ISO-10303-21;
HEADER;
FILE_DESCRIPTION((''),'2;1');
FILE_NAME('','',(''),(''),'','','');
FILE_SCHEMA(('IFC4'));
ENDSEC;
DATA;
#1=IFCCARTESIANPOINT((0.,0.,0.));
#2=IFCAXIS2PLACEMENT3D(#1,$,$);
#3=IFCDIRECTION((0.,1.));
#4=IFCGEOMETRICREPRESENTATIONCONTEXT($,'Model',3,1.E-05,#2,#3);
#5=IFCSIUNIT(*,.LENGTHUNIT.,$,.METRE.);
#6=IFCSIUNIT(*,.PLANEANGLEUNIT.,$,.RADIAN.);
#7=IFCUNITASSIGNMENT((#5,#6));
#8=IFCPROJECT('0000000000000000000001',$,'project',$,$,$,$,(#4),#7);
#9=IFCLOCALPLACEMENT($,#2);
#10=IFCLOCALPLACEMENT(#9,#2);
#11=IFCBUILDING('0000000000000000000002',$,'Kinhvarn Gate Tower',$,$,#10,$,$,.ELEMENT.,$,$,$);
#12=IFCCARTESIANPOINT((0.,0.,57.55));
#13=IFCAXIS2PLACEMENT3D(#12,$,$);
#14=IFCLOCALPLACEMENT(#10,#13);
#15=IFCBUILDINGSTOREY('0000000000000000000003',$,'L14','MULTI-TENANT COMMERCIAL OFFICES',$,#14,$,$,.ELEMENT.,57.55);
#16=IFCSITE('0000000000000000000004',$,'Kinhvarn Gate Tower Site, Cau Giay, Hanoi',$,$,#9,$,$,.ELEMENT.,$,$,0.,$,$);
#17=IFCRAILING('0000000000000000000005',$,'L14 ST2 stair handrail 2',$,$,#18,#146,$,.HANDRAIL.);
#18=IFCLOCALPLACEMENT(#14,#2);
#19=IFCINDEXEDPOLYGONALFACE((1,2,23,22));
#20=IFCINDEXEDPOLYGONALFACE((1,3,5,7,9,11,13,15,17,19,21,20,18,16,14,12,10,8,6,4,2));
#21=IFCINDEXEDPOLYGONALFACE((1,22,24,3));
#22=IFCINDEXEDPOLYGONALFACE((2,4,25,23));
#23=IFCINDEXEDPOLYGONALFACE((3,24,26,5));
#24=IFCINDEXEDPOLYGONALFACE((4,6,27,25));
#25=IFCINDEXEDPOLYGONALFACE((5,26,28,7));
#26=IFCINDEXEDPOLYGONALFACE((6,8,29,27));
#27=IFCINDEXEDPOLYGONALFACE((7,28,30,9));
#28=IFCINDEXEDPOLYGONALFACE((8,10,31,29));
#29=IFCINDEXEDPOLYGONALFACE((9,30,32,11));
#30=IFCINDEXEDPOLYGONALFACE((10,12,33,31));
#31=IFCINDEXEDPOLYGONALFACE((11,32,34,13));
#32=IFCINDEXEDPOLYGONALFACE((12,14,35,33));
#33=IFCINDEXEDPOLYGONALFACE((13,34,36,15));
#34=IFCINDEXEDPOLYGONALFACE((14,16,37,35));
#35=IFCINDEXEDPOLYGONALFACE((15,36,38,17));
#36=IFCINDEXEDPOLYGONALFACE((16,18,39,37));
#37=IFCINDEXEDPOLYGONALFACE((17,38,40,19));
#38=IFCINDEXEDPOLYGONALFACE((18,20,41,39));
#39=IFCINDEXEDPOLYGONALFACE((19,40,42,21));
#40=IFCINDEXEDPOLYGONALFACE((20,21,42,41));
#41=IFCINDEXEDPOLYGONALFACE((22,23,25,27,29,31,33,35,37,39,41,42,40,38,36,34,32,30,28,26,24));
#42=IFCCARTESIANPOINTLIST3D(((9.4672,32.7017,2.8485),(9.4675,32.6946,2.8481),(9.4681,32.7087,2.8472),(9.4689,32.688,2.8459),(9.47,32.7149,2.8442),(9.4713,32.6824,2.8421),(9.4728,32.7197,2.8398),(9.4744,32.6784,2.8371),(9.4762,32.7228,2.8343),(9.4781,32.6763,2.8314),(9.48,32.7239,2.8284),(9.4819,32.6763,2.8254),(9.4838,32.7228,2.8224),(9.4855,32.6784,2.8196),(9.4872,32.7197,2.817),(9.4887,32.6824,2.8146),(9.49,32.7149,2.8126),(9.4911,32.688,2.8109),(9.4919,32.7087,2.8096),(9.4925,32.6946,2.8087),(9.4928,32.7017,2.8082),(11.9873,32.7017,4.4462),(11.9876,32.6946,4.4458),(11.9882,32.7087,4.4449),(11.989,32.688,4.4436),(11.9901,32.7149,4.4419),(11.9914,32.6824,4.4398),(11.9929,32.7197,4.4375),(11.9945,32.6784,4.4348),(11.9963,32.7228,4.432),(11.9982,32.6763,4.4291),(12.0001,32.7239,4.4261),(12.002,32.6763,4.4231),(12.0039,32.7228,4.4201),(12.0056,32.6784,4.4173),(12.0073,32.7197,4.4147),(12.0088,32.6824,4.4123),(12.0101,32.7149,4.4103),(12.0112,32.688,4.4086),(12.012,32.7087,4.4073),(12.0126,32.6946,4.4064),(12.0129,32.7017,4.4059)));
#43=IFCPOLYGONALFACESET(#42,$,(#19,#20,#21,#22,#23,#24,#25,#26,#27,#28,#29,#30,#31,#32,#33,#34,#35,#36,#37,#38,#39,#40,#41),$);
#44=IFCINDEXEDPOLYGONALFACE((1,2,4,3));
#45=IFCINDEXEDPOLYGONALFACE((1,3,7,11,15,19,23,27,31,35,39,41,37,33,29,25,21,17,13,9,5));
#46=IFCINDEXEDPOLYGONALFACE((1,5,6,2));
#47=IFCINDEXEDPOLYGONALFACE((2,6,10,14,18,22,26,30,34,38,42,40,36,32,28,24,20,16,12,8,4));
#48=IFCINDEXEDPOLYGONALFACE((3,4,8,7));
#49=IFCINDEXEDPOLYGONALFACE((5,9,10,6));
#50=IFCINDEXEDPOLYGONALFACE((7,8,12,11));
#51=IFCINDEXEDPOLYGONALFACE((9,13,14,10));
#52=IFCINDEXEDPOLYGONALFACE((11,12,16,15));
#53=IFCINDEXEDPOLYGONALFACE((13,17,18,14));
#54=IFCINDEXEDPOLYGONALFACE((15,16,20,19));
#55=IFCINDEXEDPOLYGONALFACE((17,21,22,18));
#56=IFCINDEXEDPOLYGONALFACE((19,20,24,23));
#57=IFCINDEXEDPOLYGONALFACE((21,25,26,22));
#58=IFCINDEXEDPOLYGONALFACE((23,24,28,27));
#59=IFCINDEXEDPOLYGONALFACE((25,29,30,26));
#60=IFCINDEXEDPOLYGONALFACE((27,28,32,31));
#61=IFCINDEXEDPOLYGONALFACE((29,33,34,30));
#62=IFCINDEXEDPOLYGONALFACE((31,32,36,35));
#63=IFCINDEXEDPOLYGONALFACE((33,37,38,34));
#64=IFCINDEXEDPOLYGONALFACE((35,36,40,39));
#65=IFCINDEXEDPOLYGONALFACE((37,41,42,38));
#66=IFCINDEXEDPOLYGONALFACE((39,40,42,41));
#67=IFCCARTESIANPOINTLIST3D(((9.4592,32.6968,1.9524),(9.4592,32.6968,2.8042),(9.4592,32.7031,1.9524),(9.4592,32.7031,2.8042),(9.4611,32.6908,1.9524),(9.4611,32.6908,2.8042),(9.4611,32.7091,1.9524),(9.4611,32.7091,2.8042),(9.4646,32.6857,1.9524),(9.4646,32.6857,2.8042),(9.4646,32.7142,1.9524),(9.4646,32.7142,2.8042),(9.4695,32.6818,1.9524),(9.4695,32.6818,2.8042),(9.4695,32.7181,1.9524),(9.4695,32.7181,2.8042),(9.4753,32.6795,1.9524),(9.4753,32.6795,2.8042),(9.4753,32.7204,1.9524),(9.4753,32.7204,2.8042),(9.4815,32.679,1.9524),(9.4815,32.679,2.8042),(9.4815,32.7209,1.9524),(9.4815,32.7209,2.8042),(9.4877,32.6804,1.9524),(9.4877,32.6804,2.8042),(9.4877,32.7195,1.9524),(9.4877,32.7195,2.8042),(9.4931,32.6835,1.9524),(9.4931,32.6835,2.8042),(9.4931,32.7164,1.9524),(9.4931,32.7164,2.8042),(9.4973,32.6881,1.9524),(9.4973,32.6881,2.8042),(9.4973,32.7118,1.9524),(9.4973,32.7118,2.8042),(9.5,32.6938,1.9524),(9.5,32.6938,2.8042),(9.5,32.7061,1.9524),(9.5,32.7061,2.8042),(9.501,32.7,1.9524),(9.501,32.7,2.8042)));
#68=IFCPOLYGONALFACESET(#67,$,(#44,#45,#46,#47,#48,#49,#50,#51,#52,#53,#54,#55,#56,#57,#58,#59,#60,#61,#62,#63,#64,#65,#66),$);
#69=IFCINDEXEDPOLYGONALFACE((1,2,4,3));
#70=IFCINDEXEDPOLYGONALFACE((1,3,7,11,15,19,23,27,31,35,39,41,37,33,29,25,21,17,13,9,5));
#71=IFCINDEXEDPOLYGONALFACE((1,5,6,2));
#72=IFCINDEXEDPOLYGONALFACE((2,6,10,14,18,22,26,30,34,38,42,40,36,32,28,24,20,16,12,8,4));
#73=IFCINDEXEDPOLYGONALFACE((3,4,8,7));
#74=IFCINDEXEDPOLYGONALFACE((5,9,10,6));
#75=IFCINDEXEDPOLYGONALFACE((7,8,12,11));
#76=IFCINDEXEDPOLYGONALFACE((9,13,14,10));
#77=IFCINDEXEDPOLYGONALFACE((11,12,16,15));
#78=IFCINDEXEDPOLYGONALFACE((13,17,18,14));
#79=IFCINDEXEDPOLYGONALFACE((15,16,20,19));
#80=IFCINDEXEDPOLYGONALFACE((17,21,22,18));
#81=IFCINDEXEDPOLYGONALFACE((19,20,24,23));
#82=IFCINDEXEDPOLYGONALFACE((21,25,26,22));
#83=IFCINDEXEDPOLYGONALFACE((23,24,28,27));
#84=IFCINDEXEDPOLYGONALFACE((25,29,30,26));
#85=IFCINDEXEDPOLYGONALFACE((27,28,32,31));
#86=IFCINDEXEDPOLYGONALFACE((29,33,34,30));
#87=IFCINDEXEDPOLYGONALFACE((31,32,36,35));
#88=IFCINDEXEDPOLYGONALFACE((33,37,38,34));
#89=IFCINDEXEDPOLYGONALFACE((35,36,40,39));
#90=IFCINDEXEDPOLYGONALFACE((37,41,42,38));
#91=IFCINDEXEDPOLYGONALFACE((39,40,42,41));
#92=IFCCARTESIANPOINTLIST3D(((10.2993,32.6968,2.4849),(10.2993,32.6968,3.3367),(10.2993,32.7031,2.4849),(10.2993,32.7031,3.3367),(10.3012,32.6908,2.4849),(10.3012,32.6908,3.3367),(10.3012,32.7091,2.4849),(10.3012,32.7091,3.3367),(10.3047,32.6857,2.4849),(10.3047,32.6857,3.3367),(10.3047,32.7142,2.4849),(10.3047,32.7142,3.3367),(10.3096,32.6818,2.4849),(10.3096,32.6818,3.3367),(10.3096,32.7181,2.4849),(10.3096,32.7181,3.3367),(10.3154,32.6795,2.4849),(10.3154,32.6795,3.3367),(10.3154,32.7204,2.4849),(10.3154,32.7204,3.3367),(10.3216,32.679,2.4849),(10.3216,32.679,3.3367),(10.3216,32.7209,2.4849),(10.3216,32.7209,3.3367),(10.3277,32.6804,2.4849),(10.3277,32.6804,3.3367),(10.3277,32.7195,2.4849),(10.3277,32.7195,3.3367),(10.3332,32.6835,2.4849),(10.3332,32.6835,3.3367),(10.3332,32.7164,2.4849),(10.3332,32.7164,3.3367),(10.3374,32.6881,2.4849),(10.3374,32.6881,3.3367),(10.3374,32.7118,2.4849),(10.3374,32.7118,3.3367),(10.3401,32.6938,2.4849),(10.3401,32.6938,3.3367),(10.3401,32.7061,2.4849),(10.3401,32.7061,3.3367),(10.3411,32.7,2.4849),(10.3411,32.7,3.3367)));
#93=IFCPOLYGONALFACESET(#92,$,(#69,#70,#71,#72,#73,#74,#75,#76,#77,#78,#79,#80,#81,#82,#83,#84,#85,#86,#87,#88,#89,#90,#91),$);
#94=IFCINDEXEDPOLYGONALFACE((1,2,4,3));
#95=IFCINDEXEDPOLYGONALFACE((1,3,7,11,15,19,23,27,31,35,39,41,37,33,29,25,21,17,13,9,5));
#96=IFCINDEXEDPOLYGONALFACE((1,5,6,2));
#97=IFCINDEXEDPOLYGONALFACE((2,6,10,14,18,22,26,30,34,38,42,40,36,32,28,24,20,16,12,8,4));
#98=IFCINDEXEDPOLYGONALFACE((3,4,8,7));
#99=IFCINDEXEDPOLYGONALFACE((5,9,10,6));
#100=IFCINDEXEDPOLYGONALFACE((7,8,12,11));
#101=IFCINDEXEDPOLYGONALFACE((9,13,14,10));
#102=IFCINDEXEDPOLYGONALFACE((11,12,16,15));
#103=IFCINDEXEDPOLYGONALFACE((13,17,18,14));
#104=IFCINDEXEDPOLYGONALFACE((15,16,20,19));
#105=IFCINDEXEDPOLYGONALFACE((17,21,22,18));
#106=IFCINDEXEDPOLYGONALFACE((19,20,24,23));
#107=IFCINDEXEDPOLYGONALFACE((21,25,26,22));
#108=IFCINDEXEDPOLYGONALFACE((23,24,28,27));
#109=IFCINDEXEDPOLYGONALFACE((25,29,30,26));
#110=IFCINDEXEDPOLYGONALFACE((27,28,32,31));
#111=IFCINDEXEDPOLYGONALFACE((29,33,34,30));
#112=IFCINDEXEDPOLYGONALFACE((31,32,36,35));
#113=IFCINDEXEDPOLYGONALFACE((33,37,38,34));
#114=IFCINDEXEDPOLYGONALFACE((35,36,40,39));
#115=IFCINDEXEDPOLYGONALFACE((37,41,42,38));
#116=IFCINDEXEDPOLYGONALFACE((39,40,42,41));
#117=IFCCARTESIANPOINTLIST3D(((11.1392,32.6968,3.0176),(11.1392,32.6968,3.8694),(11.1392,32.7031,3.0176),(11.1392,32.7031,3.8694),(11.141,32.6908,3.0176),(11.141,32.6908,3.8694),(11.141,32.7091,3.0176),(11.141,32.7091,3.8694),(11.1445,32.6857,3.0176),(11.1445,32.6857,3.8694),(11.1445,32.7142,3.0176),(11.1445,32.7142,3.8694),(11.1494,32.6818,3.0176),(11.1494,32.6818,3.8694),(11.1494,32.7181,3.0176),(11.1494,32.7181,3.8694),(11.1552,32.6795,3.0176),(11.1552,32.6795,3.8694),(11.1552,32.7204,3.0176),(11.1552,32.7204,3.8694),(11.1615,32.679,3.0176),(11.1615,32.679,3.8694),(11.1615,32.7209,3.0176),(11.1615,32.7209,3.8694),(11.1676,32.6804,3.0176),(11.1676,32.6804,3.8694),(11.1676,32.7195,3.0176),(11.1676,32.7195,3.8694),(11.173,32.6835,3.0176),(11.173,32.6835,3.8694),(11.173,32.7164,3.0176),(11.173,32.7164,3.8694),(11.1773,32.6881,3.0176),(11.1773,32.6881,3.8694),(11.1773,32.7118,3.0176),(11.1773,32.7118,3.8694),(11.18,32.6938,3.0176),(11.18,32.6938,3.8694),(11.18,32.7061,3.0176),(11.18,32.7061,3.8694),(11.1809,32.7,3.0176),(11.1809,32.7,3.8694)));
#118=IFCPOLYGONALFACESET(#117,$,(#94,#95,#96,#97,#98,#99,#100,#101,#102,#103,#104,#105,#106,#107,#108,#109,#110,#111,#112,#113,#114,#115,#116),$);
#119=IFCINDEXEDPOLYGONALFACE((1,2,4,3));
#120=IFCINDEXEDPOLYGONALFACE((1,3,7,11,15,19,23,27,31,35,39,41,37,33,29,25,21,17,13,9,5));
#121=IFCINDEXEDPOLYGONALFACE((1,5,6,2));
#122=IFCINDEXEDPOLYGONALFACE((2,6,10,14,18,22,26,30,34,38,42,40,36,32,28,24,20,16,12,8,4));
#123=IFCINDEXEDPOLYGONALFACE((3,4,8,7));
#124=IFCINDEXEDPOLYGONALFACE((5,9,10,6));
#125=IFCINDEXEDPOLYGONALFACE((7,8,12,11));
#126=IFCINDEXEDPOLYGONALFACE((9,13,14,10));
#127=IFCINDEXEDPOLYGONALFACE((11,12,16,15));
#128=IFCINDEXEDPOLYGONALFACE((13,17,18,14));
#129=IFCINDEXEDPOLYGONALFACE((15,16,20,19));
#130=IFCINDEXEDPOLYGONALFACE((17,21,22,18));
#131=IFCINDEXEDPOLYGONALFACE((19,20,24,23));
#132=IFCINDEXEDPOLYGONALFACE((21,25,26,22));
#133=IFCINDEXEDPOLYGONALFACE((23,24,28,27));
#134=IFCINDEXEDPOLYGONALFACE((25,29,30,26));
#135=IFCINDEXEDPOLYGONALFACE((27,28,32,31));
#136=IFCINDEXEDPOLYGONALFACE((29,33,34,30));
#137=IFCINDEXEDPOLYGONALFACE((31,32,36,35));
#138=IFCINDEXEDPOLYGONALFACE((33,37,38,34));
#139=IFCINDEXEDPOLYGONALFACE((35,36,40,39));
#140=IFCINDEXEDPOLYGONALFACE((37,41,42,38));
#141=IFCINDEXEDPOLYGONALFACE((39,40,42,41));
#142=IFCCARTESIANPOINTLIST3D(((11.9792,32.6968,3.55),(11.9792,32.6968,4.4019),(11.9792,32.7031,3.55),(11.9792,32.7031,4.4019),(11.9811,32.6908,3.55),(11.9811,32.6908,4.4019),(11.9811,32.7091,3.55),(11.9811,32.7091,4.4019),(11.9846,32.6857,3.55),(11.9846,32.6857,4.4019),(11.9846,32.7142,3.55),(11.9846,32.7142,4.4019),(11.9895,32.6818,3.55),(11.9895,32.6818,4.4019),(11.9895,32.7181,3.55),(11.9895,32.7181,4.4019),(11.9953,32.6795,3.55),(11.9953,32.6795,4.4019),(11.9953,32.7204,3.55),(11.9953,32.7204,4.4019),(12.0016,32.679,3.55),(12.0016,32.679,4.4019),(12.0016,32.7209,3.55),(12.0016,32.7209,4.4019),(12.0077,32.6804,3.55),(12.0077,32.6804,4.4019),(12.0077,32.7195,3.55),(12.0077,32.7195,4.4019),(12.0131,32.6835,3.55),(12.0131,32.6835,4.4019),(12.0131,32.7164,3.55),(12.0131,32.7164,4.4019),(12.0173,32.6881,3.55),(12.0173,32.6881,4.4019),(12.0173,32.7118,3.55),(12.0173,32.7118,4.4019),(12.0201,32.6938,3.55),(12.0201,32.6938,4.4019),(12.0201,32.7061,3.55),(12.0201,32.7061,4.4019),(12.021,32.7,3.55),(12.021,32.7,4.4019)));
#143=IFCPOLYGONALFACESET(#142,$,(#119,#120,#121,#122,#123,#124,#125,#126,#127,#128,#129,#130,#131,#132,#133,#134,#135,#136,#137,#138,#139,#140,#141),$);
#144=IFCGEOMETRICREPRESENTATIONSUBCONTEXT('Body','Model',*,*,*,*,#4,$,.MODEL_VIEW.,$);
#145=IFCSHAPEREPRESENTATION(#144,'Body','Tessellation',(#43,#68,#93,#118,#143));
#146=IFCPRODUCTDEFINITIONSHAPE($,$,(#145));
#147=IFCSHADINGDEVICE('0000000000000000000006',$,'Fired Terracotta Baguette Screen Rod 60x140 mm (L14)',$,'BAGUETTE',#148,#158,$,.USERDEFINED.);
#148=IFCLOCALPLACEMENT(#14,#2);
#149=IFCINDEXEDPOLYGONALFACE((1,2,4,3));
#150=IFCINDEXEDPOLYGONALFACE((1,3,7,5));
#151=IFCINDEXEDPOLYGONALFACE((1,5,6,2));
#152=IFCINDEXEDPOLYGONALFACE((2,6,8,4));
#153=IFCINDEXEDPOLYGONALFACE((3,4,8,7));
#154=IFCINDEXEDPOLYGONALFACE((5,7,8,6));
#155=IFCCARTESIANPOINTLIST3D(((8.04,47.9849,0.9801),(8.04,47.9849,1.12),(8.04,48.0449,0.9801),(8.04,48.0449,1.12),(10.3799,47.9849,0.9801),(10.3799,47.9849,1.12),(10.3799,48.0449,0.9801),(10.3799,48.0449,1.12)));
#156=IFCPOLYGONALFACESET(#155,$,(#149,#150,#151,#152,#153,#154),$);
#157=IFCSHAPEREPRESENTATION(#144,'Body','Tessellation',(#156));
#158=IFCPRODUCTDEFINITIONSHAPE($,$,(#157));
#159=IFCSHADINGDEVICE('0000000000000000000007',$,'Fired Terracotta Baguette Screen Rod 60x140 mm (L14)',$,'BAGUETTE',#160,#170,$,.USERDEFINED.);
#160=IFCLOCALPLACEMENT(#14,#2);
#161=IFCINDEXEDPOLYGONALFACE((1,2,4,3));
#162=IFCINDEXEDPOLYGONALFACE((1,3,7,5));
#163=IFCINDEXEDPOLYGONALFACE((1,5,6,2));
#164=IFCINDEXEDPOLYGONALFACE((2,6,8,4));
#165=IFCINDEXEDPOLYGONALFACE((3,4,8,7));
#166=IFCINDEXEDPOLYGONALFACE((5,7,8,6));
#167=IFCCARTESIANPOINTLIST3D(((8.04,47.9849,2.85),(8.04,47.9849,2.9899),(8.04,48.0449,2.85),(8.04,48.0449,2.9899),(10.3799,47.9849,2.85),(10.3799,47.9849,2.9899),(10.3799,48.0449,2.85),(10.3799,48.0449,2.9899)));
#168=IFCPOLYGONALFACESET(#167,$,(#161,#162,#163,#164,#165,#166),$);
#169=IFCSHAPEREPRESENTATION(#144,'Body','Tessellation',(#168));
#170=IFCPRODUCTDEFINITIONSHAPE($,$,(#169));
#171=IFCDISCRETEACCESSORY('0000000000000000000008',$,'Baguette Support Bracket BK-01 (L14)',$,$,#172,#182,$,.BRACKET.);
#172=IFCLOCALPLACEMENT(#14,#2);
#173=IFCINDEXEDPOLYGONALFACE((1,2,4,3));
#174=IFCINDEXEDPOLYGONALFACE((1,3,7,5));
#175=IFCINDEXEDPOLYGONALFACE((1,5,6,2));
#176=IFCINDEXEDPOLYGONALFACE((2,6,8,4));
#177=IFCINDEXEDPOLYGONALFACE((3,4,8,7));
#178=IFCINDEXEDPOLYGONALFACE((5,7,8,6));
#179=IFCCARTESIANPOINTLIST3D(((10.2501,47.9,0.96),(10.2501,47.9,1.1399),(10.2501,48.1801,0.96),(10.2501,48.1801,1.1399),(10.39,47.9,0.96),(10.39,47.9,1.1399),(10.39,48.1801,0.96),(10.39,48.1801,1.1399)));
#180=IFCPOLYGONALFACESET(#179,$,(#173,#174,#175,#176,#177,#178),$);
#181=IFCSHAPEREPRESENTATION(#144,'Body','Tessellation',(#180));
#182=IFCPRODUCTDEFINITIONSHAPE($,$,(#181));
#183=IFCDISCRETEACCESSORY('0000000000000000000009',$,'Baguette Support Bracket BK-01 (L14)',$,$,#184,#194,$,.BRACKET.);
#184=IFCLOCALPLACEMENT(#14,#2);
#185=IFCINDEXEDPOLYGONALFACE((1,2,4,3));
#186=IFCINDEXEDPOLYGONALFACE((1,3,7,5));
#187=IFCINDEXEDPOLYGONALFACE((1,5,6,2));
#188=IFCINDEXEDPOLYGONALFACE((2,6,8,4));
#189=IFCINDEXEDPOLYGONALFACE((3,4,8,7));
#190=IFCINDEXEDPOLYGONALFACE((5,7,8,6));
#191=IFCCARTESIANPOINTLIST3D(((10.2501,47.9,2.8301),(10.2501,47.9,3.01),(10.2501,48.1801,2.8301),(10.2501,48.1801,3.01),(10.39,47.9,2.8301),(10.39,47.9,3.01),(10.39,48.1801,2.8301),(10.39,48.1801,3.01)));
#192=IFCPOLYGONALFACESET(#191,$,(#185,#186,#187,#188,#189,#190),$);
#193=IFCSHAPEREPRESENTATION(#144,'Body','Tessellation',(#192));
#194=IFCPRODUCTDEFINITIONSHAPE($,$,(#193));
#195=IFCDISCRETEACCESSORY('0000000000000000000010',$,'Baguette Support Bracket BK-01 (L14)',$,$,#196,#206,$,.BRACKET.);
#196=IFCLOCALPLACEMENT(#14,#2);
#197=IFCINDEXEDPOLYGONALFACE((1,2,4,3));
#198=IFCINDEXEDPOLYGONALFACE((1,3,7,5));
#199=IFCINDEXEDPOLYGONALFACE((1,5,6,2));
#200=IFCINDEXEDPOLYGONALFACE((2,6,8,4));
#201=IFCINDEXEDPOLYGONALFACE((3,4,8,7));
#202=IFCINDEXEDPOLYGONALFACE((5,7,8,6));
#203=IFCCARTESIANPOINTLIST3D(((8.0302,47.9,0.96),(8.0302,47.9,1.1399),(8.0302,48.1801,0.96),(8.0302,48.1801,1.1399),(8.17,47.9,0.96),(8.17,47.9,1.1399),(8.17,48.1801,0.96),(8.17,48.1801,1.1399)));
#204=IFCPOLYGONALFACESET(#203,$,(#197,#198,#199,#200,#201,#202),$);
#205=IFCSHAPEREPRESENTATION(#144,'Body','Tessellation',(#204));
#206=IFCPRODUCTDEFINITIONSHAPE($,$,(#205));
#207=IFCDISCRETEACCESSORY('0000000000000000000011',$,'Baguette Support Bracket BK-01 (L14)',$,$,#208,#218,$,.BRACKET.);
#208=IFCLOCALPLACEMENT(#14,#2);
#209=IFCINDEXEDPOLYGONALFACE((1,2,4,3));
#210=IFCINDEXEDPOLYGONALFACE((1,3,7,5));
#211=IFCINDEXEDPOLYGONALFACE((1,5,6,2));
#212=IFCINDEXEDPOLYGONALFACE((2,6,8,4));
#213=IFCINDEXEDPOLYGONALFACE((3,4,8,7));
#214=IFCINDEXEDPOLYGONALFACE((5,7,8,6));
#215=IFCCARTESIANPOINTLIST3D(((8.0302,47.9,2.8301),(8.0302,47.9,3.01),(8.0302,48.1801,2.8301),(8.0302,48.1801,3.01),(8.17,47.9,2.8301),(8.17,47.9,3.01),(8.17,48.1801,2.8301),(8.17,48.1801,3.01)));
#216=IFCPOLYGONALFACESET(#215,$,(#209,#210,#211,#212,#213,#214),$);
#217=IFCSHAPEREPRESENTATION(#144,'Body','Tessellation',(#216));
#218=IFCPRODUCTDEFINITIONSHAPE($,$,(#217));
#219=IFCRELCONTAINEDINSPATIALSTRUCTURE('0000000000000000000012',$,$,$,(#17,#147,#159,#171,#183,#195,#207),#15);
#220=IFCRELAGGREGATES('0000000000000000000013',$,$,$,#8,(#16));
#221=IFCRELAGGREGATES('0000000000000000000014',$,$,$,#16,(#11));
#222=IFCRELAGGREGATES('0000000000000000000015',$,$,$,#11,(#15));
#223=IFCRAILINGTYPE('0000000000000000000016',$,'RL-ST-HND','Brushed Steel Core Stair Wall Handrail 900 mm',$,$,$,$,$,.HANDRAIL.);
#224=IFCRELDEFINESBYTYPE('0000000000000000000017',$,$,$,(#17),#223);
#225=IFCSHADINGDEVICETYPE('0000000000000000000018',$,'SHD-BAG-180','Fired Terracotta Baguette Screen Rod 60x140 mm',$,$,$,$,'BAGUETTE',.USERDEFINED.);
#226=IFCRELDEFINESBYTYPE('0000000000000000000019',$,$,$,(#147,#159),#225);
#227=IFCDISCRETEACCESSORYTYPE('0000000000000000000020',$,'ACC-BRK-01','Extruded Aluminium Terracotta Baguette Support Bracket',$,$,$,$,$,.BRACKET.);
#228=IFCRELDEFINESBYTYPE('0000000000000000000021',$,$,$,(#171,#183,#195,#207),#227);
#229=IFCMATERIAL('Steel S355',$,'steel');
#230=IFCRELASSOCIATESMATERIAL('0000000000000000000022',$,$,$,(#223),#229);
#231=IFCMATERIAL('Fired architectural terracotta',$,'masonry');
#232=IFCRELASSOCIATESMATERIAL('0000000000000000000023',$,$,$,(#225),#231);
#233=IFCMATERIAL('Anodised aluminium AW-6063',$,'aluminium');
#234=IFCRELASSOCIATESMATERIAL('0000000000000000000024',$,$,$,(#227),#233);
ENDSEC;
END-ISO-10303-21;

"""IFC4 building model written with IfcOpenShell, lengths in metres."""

from ifc_helpers import new_model, si_unit, direction, frame, origin, origin_2d, place, context, subcontext, project, spatial, rectangle, circle, extrude, material, material_profile, profile_set, type_object, element, save


model = new_model("IFC4")

# Units and contexts
model_context = context("Model", 3, precision=1e-05, world=origin(), true_north=direction((0.0, 1.0)))
body_context = subcontext(model_context, "Body", "Model", "MODEL_VIEW")
ifc_project = project(units=[si_unit("LENGTHUNIT", "METRE"), si_unit("PLANEANGLEUNIT", "RADIAN")], contexts=[model_context])

# Site, building, storey
site_placement = place(None, origin())
site = spatial("IfcSite", under=ifc_project, at=site_placement, Name="Kinhvarn Gate Tower Site, Cau Giay, Hanoi", CompositionType="ELEMENT", RefElevation=0.0)
building_placement = place(site_placement, origin())
building = spatial("IfcBuilding", under=site, at=building_placement, Name="Kinhvarn Gate Tower", CompositionType="ELEMENT")
storey_placement = place(building_placement, frame((0.0, 0.0, 57.55)))
storey = spatial("IfcBuildingStorey", under=building, at=storey_placement, Name="L14", Description="MULTI-TENANT COMMERCIAL OFFICES", CompositionType="ELEMENT", Elevation=57.55)

# Shared definitions
ifc_material_1 = material(Name="Anodised aluminium AW-6063", Category="aluminium")

# Shared definitions
ifc_material_2 = material(Name="Steel S355", Category="steel")

# Shared definitions
ifc_material_3 = material(Name="Fired architectural terracotta", Category="masonry")

# Railing
railing_type_1 = type_object("IfcRailingType", Name="RL-ST-HND", Description="Brushed Steel Core Stair Wall Handrail 900 mm", PredefinedType="HANDRAIL", material=ifc_material_2)
railing_1_placement = place(storey_placement, frame((9.48, 32.7, 1.9524)))
element("IfcRailing", 1, at=railing_1_placement, inside=storey, type_object=railing_type_1, Name="L14 ST2 stair handrail 2", PredefinedType="HANDRAIL", context=body_context, shape_type="SweptSolid", body=[
    extrude(circle(Radius=0.0239, at=origin_2d()), frame((0.0, 0.0, 0.876), z_axis=(0.84457, 0.0, 0.535445), x_axis=(0.0, 1.0, 0.0)), (0.0, 0.0, 1.0), 2.9839),
    extrude(circle(Radius=0.021, at=origin_2d()), origin(), (0.0, 0.0, 1.0), 0.8518),
    extrude(circle(Radius=0.021, at=origin_2d()), frame((0.8401, 0.0, 0.5325)), (0.0, 0.0, 1.0), 0.8518),
    extrude(circle(Radius=0.021, at=origin_2d()), frame((1.6799, 0.0, 1.0652)), (0.0, 0.0, 1.0), 0.8518),
    extrude(circle(Radius=0.021, at=origin_2d()), frame((2.52, 0.0, 1.5977)), (0.0, 0.0, 1.0), 0.8518),
])

# Shading devices
ifc_material_profile_1 = material_profile(ifc_material_3, rectangle(XDim=0.0601, YDim=0.1399, at=origin_2d()), Name="TC 60x140")
ifc_profile_set_1 = profile_set([ifc_material_profile_1], Name="Fired architectural terracotta")
shading_device_type = type_object("IfcShadingDeviceType", Name="SHD-BAG-180", Description="Fired Terracotta Baguette Screen Rod 60x140 mm", ElementType="BAGUETTE", PredefinedType="USERDEFINED", material=ifc_profile_set_1)
for number, where, z_axis, x_axis, name in (
    (2, (10.3799, 48.0149, 1.05), (-1.0, 0.0, 0.0), (0.0, -1.0, 0.0), "Fired Terracotta Baguette Screen Rod 60x140 mm (L14)"),
    (3, (10.3799, 48.0149, 2.9199), (-1.0, 0.0, 0.0), (0.0, -1.0, 0.0), "Fired Terracotta Baguette Screen Rod 60x140 mm (L14)"),
):
    element("IfcShadingDevice", number, at=place(storey_placement, frame(where, z_axis=z_axis, x_axis=x_axis)), inside=storey, type_object=shading_device_type, Name=name, ObjectType="BAGUETTE", PredefinedType="USERDEFINED", context=body_context, shape_type="SweptSolid", body=[
        extrude(rectangle(XDim=0.0601, YDim=0.1399, at=origin_2d()), origin(), (0.0, 0.0, 1.0), 2.3398),
    ])

# Discrete accessories
discrete_accessory_type = type_object("IfcDiscreteAccessoryType", Name="ACC-BRK-01", Description="Extruded Aluminium Terracotta Baguette Support Bracket", PredefinedType="BRACKET", material=ifc_material_1)
for number, where, z_axis, x_axis, name in (
    (4, (10.3201, 48.04, 0.96), (0.0, 0.0, 1.0), (-1.0, 0.0, 0.0), "Baguette Support Bracket BK-01 (L14)"),
    (5, (10.3201, 48.04, 2.8301), (0.0, 0.0, 1.0), (-1.0, 0.0, 0.0), "Baguette Support Bracket BK-01 (L14)"),
    (6, (8.1001, 48.04, 0.96), (0.0, 0.0, 1.0), (-1.0, 0.0, 0.0), "Baguette Support Bracket BK-01 (L14)"),
    (7, (8.1001, 48.04, 2.8301), (0.0, 0.0, 1.0), (-1.0, 0.0, 0.0), "Baguette Support Bracket BK-01 (L14)"),
):
    element("IfcDiscreteAccessory", number, at=place(storey_placement, frame(where, z_axis=z_axis, x_axis=x_axis)), inside=storey, type_object=discrete_accessory_type, Name=name, PredefinedType="BRACKET", context=body_context, shape_type="SweptSolid", body=[
        extrude(rectangle(XDim=0.1399, YDim=0.28, at=origin_2d()), origin(), (0.0, 0.0, 1.0), 0.1799),
    ])

save(model, "model.ifc")
